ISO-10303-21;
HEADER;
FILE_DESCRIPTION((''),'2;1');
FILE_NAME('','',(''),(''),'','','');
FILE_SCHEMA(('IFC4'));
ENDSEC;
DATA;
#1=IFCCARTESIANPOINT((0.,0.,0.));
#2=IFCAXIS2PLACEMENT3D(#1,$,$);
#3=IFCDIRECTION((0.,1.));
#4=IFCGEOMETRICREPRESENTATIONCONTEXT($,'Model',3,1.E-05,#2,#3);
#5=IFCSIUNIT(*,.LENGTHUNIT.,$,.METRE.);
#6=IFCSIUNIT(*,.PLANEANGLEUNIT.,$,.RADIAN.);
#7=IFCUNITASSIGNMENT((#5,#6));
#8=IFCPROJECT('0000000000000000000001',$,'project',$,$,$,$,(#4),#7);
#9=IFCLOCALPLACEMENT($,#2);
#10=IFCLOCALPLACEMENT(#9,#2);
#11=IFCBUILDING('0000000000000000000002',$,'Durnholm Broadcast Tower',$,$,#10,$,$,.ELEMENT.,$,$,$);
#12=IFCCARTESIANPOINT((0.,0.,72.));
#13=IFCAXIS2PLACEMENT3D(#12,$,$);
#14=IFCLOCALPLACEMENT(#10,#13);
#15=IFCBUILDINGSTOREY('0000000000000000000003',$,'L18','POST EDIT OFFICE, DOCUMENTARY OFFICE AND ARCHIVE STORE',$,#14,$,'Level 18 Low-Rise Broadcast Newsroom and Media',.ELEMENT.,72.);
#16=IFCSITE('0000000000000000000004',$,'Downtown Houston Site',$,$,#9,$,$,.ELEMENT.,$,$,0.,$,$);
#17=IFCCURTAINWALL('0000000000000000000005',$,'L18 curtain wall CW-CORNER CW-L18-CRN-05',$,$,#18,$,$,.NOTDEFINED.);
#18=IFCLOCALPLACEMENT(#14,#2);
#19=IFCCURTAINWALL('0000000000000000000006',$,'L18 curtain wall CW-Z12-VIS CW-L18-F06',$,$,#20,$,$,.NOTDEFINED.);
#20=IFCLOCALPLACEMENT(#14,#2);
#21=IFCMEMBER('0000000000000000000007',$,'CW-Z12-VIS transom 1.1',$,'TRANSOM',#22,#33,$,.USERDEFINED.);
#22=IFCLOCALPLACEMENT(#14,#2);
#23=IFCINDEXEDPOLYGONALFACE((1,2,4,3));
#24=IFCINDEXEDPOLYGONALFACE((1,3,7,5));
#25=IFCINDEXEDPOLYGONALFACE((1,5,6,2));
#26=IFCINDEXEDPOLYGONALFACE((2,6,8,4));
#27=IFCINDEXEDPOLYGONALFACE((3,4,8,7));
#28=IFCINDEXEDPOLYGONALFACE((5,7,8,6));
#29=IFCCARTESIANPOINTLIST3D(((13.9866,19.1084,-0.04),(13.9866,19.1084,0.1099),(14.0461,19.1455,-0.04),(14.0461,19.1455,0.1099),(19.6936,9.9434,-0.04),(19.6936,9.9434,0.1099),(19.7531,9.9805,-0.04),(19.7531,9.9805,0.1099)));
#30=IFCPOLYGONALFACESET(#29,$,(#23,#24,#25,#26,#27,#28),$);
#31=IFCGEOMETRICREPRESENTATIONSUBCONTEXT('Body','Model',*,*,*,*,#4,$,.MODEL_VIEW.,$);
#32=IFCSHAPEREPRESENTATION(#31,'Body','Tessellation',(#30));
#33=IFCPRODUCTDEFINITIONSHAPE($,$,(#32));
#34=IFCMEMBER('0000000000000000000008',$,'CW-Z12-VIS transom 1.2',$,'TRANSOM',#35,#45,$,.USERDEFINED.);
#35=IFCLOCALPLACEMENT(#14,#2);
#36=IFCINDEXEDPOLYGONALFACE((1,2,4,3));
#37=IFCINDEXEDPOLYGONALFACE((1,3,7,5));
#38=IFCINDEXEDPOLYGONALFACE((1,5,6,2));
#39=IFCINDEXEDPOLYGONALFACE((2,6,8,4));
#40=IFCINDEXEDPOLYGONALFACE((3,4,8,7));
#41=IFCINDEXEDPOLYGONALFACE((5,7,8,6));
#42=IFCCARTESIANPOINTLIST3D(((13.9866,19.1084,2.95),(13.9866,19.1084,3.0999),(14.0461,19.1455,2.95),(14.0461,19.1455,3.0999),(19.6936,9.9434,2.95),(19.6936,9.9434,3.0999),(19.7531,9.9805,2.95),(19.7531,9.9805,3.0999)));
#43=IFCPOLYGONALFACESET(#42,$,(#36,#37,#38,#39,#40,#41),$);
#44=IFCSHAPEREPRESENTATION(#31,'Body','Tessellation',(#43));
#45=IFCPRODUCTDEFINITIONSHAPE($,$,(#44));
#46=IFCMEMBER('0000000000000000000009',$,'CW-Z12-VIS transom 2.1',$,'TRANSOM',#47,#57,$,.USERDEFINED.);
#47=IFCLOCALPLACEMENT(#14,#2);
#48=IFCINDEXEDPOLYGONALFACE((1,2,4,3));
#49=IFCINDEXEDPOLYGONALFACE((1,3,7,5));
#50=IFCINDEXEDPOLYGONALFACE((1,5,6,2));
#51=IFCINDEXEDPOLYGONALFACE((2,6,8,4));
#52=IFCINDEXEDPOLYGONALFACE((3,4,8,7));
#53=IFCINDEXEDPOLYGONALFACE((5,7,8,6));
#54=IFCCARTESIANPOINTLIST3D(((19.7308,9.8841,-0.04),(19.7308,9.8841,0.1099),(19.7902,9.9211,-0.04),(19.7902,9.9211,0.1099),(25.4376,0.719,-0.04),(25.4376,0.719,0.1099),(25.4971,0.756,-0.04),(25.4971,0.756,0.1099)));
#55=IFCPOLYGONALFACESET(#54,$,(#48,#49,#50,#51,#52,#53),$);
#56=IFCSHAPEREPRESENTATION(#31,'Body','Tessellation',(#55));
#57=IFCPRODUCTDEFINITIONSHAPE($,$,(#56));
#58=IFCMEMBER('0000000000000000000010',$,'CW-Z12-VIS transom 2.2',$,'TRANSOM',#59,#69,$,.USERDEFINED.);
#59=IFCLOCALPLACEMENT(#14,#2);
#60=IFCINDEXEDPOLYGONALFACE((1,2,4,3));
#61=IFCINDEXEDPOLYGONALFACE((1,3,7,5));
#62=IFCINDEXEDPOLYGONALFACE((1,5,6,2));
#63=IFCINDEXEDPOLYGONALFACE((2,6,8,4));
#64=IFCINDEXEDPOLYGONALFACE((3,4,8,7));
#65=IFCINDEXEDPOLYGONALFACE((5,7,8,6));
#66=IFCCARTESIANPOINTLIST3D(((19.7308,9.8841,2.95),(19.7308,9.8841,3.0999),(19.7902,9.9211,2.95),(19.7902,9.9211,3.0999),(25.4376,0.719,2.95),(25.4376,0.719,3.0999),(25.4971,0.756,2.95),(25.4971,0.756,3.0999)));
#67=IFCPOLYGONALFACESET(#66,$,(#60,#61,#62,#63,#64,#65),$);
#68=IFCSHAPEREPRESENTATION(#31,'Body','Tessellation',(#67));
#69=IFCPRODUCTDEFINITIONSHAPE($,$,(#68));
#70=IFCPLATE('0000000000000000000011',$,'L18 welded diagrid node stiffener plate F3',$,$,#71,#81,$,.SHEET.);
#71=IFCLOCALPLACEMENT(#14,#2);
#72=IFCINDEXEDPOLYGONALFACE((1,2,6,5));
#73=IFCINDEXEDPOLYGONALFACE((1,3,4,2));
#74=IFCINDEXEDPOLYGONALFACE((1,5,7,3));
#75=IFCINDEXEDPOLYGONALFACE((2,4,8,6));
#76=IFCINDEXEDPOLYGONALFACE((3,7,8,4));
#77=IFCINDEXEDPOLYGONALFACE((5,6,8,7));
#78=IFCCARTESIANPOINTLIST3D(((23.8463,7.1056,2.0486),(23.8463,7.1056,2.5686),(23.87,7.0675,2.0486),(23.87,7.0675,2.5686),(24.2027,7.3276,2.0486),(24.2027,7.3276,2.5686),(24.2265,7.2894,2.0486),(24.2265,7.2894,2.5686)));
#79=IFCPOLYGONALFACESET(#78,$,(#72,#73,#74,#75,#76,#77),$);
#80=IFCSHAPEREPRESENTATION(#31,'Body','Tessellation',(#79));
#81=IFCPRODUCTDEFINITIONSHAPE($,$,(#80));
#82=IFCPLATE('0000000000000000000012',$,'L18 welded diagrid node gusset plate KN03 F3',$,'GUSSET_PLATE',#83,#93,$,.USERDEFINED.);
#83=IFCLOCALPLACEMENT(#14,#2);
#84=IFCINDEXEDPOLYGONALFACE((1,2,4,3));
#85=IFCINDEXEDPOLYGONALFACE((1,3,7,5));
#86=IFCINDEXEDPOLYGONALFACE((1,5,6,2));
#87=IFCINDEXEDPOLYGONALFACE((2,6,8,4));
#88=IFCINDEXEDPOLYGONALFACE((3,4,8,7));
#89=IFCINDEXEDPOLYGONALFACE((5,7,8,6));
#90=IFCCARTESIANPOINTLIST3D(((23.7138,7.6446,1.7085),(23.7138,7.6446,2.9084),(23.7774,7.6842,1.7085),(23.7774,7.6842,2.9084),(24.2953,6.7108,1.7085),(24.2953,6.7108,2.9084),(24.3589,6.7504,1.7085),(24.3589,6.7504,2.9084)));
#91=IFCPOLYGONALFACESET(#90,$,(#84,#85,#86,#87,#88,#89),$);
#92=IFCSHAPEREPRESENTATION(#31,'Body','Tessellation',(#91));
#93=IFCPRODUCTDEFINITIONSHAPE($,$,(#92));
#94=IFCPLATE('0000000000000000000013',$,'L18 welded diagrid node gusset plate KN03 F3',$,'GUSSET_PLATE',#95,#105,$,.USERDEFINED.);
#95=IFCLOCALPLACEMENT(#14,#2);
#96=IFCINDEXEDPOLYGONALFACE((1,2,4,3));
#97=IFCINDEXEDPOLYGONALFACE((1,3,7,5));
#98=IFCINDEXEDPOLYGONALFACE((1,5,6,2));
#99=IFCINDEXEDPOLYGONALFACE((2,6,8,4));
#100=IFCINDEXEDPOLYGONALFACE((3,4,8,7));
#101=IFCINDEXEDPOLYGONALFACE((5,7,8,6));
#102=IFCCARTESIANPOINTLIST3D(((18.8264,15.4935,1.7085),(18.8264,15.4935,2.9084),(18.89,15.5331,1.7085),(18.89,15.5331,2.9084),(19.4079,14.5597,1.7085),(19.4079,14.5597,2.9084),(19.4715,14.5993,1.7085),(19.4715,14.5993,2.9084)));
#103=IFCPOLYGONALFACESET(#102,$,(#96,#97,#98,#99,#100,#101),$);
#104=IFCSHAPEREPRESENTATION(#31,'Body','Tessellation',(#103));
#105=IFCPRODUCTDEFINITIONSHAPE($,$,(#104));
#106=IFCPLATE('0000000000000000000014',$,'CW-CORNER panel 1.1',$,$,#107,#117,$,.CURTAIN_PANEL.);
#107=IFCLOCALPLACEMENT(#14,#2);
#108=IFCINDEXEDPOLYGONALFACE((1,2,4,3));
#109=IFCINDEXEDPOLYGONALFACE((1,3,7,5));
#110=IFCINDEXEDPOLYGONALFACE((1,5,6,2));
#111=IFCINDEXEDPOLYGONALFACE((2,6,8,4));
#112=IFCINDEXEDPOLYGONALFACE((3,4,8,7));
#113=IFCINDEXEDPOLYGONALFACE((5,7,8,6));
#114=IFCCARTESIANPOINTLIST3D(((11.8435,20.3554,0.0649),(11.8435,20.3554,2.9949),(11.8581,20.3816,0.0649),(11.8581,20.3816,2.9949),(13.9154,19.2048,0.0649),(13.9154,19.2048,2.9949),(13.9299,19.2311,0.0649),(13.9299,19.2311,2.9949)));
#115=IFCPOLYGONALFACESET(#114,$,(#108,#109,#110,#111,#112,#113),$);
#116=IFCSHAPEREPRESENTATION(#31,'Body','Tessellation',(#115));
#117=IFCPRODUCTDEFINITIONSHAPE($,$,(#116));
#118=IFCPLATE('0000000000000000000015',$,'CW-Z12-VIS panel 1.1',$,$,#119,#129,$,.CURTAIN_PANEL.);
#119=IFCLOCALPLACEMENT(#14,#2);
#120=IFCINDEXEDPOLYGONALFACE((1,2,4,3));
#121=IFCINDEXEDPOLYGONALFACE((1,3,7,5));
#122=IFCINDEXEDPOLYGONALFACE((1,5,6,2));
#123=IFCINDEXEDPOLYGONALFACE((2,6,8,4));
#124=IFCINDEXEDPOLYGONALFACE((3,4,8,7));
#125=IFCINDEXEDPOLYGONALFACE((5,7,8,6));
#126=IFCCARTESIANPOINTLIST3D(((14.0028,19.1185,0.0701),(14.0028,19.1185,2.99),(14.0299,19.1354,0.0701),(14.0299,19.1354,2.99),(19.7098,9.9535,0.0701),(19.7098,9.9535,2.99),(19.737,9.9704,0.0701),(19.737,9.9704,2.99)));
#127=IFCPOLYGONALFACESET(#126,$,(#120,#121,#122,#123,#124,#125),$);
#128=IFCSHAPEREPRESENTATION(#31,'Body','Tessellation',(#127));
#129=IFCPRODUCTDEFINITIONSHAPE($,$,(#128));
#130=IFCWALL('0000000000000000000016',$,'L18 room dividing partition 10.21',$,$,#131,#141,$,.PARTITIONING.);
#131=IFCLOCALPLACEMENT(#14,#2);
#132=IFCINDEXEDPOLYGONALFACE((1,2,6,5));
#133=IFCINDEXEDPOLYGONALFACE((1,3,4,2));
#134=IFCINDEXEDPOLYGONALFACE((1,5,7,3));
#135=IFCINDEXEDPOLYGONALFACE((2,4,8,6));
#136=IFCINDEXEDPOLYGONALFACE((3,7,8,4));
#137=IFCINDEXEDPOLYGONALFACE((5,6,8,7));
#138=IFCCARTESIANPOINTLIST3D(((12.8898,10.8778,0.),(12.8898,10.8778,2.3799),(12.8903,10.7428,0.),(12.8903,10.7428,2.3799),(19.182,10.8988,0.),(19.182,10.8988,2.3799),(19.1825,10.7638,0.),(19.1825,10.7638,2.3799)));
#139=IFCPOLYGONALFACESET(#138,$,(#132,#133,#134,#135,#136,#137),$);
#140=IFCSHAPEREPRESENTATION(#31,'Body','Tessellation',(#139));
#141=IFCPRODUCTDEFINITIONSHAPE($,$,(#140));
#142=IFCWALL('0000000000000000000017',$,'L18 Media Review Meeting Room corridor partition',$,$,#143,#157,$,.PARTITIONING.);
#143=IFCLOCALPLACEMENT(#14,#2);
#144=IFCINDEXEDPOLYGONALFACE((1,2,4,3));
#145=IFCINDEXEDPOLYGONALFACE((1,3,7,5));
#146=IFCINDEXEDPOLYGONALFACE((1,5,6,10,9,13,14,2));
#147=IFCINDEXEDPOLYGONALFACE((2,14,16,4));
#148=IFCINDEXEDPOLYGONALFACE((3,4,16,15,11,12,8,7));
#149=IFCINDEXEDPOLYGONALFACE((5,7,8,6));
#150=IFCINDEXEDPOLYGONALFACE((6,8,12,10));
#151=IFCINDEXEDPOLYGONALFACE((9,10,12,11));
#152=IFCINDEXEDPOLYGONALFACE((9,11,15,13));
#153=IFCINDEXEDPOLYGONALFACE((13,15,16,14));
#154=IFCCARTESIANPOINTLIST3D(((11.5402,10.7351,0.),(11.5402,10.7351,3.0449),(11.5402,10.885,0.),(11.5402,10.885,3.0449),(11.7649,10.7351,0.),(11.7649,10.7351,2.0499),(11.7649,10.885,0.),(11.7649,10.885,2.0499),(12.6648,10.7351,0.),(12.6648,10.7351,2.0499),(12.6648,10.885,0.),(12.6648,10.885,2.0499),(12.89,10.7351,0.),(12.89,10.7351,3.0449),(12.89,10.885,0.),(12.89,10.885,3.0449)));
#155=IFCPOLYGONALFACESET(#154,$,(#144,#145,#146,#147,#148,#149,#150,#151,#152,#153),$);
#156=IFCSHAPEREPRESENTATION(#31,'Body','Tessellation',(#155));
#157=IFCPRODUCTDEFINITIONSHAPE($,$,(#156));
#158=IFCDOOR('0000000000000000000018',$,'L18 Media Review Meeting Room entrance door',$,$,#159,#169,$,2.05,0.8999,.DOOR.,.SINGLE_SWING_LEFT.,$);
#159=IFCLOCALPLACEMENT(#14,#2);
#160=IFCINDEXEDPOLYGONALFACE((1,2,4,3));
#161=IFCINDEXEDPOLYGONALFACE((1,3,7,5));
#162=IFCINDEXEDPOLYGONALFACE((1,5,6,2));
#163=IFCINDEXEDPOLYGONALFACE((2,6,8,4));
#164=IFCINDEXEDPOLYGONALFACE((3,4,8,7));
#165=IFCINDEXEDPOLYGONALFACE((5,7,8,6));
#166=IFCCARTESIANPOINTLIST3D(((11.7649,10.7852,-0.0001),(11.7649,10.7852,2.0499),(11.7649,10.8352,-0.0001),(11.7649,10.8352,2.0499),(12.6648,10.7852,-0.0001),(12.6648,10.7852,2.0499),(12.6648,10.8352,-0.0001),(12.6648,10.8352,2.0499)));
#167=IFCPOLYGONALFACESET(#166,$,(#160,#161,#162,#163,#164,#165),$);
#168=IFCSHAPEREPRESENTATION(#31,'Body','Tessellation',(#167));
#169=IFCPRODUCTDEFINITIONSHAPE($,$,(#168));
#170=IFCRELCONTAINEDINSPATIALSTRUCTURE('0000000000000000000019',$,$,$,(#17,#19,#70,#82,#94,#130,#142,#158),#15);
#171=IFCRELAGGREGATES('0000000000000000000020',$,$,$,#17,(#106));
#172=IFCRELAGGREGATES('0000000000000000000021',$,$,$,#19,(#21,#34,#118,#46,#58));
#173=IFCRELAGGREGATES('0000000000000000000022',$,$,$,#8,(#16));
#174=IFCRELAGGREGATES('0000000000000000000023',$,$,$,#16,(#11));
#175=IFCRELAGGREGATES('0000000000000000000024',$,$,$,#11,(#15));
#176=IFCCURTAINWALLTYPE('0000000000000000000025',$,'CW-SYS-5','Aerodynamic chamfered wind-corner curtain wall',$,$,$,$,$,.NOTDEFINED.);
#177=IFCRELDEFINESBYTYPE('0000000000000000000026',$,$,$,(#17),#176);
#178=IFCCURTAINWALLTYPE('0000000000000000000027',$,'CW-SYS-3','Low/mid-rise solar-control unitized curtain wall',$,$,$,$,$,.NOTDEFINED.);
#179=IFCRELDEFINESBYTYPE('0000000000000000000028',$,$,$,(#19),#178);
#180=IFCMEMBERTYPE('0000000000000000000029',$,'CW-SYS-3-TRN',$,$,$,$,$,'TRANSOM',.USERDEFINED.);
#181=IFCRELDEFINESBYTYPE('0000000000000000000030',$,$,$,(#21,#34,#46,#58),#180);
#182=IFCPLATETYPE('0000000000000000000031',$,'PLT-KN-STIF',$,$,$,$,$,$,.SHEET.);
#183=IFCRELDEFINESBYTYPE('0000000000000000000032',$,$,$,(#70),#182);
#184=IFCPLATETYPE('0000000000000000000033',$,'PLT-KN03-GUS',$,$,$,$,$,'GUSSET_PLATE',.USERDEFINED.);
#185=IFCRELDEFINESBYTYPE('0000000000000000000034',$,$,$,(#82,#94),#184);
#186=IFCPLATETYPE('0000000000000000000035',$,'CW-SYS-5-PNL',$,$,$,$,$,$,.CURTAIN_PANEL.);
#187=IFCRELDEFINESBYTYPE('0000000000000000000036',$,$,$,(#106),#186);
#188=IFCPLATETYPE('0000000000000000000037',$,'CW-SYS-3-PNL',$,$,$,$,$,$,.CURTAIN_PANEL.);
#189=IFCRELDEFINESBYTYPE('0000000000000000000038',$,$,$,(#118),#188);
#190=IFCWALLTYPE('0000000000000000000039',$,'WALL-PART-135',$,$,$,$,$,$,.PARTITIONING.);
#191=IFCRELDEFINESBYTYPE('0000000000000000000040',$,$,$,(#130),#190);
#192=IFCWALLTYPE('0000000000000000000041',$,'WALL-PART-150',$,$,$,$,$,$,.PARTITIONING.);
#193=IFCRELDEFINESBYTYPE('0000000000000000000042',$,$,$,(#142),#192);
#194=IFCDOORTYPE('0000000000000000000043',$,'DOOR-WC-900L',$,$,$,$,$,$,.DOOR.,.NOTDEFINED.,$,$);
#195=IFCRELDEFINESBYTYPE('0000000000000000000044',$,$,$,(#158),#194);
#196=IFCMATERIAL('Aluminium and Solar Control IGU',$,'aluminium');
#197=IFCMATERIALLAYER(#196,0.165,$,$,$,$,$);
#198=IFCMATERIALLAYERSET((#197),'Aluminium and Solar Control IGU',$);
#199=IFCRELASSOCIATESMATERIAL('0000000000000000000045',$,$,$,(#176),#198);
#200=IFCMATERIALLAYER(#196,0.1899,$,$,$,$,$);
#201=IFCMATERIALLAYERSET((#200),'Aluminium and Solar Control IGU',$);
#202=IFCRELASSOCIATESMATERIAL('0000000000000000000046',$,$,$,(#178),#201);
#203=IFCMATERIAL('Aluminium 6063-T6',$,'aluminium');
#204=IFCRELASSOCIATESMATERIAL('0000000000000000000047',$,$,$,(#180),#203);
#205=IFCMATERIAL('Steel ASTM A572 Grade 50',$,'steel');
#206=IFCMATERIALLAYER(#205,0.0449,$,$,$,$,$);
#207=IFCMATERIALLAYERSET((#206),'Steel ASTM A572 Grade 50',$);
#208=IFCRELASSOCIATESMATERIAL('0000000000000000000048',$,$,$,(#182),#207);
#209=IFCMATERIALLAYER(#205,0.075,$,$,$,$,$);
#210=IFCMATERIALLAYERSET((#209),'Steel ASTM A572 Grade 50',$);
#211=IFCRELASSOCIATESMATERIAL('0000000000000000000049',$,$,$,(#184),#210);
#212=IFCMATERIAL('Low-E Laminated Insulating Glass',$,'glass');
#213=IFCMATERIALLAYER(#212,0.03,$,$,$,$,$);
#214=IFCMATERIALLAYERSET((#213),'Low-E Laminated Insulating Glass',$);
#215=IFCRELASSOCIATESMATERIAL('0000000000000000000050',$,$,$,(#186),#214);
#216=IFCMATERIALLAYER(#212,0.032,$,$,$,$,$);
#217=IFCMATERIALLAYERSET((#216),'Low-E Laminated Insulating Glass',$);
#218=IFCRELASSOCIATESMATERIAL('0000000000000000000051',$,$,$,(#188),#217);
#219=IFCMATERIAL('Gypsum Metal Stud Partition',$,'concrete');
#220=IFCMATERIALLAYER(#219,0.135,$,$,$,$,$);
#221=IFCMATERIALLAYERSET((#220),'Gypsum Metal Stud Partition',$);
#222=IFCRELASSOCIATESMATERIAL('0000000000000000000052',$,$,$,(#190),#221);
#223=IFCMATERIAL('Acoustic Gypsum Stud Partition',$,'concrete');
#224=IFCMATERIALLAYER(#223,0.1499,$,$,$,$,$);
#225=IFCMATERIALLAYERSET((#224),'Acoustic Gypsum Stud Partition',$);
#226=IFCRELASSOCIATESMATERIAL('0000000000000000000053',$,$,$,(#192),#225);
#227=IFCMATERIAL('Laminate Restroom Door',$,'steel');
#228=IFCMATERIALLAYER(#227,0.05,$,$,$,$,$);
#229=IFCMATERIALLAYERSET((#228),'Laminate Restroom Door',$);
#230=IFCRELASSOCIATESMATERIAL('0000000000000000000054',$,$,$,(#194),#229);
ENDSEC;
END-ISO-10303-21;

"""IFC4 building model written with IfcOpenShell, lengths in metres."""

from ifc_helpers import new_model, si_unit, direction, frame, frame_2d, origin, origin_2d, place, context, subcontext, project, spatial, rectangle, extrude, source, transform, mapped, material, layer, layer_set, material_profile, profile_set, type_object, type_shapes, element, fill, aggregate, save


model = new_model("IFC4")

# Units and contexts
model_context = context("Model", 3, precision=1e-05, world=origin(), true_north=direction((0.0, 1.0)))
body_context = subcontext(model_context, "Body", "Model", "MODEL_VIEW")
ifc_project = project(units=[si_unit("LENGTHUNIT", "METRE"), si_unit("PLANEANGLEUNIT", "RADIAN")], contexts=[model_context])

# Site, building, storey
site_placement = place(None, origin())
site = spatial("IfcSite", under=ifc_project, at=site_placement, Name="Downtown Houston Site", CompositionType="ELEMENT", RefElevation=0.0)
building_placement = place(site_placement, origin())
building = spatial("IfcBuilding", under=site, at=building_placement, Name="Durnholm Broadcast Tower", CompositionType="ELEMENT")
storey_placement = place(building_placement, frame((0.0, 0.0, 72.0)))
storey = spatial("IfcBuildingStorey", under=building, at=storey_placement, Name="L18", Description="POST EDIT OFFICE, DOCUMENTARY OFFICE AND ARCHIVE STORE", LongName="Level 18 Low-Rise Broadcast Newsroom and Media", CompositionType="ELEMENT", Elevation=72.0)

# Curtain wall
ifc_material_1 = material(Name="Aluminium and Solar Control IGU", Category="aluminium")
ifc_layer_1 = layer(ifc_material_1, 0.165)
ifc_layer_set_1 = layer_set([ifc_layer_1], Name="Aluminium and Solar Control IGU")
curtain_wall_type_1 = type_object("IfcCurtainWallType", Name="CW-SYS-5", Description="Aerodynamic chamfered wind-corner curtain wall", PredefinedType="NOTDEFINED", material=ifc_layer_set_1)
curtain_wall_1_placement = place(storey_placement, origin())
curtain_wall_1 = element("IfcCurtainWall", 1, at=curtain_wall_1_placement, inside=storey, type_object=curtain_wall_type_1, Name="L18 curtain wall CW-CORNER CW-L18-CRN-05", PredefinedType="NOTDEFINED")
ifc_material_2 = material(Name="Aluminium 6063-T6", Category="aluminium")

# Curtain wall, members
ifc_layer_2 = layer(ifc_material_1, 0.1899)
ifc_layer_set_2 = layer_set([ifc_layer_2], Name="Aluminium and Solar Control IGU")
curtain_wall_type_2 = type_object("IfcCurtainWallType", Name="CW-SYS-3", Description="Low/mid-rise solar-control unitized curtain wall", PredefinedType="NOTDEFINED", material=ifc_layer_set_2)
curtain_wall_2_placement = place(storey_placement, origin())
curtain_wall_2 = element("IfcCurtainWall", 2, at=curtain_wall_2_placement, inside=storey, type_object=curtain_wall_type_2, Name="L18 curtain wall CW-Z12-VIS CW-L18-F06", PredefinedType="NOTDEFINED")
ifc_material_profile_1 = material_profile(ifc_material_2, rectangle(XDim=0.0701, YDim=0.1499, at=origin_2d()), Name="CWT70X150")
ifc_profile_set_1 = profile_set([ifc_material_profile_1], Name="Aluminium 6063-T6")
member_type_1 = type_object("IfcMemberType", Name="CW-SYS-3-TRN", ElementType="TRANSOM", PredefinedType="USERDEFINED", material=ifc_profile_set_1)
shared_shape_1 = source(origin(), body_context, "Body", "SweptSolid", [
    extrude(rectangle(XDim=0.0701, YDim=0.1499, at=origin_2d()), origin(), (0.0, 0.0, 1.0), 10.7966),
])
type_shapes(member_type_1, [shared_shape_1])
member_1_placement = place(storey_placement, frame((14.0164, 19.127, 0.0349), z_axis=(0.528592, -0.848876, 0.0), x_axis=(0.848876, 0.528592, 0.0)))
member_1 = element("IfcMember", 3, at=member_1_placement, type_object=member_type_1, Name="CW-Z12-VIS transom 1.1", ObjectType="TRANSOM", PredefinedType="USERDEFINED", context=body_context, shape_type="MappedRepresentation", body=[
    mapped(shared_shape_1, transform((0.0, 0.0, 0.0), x_axis=(1.0, 0.0, 0.0), y_axis=(0.0, 1.0, 0.0), z_axis=(0.0, 0.0, 1.0), scale=1.0)),
])
member_2_placement = place(storey_placement, frame((14.0164, 19.127, 3.0249), z_axis=(0.528592, -0.848876, 0.0), x_axis=(0.848876, 0.528592, 0.0)))
member_2 = element("IfcMember", 4, at=member_2_placement, type_object=member_type_1, Name="CW-Z12-VIS transom 1.2", ObjectType="TRANSOM", PredefinedType="USERDEFINED", context=body_context, shape_type="MappedRepresentation", body=[
    mapped(shared_shape_1, transform((0.0, 0.0, 0.0), x_axis=(1.0, 0.0, 0.0), y_axis=(0.0, 1.0, 0.0), z_axis=(0.0, 0.0, 1.0), scale=1.0)),
])
member_3_placement = place(storey_placement, frame((19.7605, 9.9026, 0.0349), z_axis=(0.528575, -0.848886, 0.0), x_axis=(0.848886, 0.528575, 0.0)))
member_3 = element("IfcMember", 5, at=member_3_placement, type_object=member_type_1, Name="CW-Z12-VIS transom 2.1", ObjectType="TRANSOM", PredefinedType="USERDEFINED", context=body_context, shape_type="MappedRepresentation", body=[
    mapped(shared_shape_1, transform((0.0, 0.0, 0.0), x_axis=(1.0, 0.0, 0.0), y_axis=(0.0, 1.0, 0.0), z_axis=(0.0, 0.0, 1.0), scale=1.0)),
])
member_4_placement = place(storey_placement, frame((19.7605, 9.9026, 3.0249), z_axis=(0.528575, -0.848886, 0.0), x_axis=(0.848886, 0.528575, 0.0)))
member_4 = element("IfcMember", 6, at=member_4_placement, type_object=member_type_1, Name="CW-Z12-VIS transom 2.2", ObjectType="TRANSOM", PredefinedType="USERDEFINED", context=body_context, shape_type="MappedRepresentation", body=[
    mapped(shared_shape_1, transform((0.0, 0.0, 0.0), x_axis=(1.0, 0.0, 0.0), y_axis=(0.0, 1.0, 0.0), z_axis=(0.0, 0.0, 1.0), scale=1.0)),
])

# Plates
ifc_material_3 = material(Name="Steel ASTM A572 Grade 50", Category="steel")
ifc_layer_3 = layer(ifc_material_3, 0.0449)
ifc_layer_set_3 = layer_set([ifc_layer_3], Name="Steel ASTM A572 Grade 50")
plate_type_1 = type_object("IfcPlateType", Name="PLT-KN-STIF", PredefinedType="SHEET", material=ifc_layer_set_3)
shared_shape_2 = source(origin(), body_context, "Body", "SweptSolid", [
    extrude(rectangle(XDim=0.0449, YDim=0.4199, at=origin_2d()), origin(), (0.0, 0.0, 1.0), 0.52),
])
type_shapes(plate_type_1, [shared_shape_2])
plate_1_placement = place(storey_placement, frame((24.0364, 7.1975, 2.0486), z_axis=(0.0, 0.0, 1.0), x_axis=(-0.528587, 0.848879, 0.0)))
element("IfcPlate", 7, at=plate_1_placement, inside=storey, type_object=plate_type_1, Name="L18 welded diagrid node stiffener plate F3", PredefinedType="SHEET", context=body_context, shape_type="MappedRepresentation", body=[
    mapped(shared_shape_2, transform((0.0, 0.0, 0.0), x_axis=(1.0, 0.0, 0.0), y_axis=(0.0, 1.0, 0.0), z_axis=(0.0, 0.0, 1.0), scale=1.0)),
])
ifc_layer_4 = layer(ifc_material_3, 0.075)
ifc_layer_set_4 = layer_set([ifc_layer_4], Name="Steel ASTM A572 Grade 50")
plate_type_2 = type_object("IfcPlateType", Name="PLT-KN03-GUS", ElementType="GUSSET_PLATE", PredefinedType="USERDEFINED", material=ifc_layer_set_4)
shared_shape_3 = source(origin(), body_context, "Body", "SweptSolid", [
    extrude(rectangle(XDim=1.1001, YDim=0.075, at=origin_2d()), origin(), (0.0, 0.0, 1.0), 1.2),
])
type_shapes(plate_type_2, [shared_shape_3])
for number, where, z_axis, x_axis, name in (
    (8, (24.0364, 7.1975, 1.7085), (0.0, 0.0, 1.0), (-0.528587, 0.848879, 0.0), "L18 welded diagrid node gusset plate KN03 F3"),
    (9, (19.1489, 15.0464, 1.7085), (0.0, 0.0, 1.0), (-0.528587, 0.848879, 0.0), "L18 welded diagrid node gusset plate KN03 F3"),
):
    element("IfcPlate", number, at=place(storey_placement, frame(where, z_axis=z_axis, x_axis=x_axis)), inside=storey, type_object=plate_type_2, Name=name, ObjectType="GUSSET_PLATE", PredefinedType="USERDEFINED", context=body_context, shape_type="MappedRepresentation", body=[
        mapped(shared_shape_3, transform((0.0, 0.0, 0.0), x_axis=(1.0, 0.0, 0.0), y_axis=(0.0, 1.0, 0.0), z_axis=(0.0, 0.0, 1.0), scale=1.0)),
    ])

# Plates
ifc_material_4 = material(Name="Low-E Laminated Insulating Glass", Category="glass")
ifc_layer_5 = layer(ifc_material_4, 0.03)
ifc_layer_set_5 = layer_set([ifc_layer_5], Name="Low-E Laminated Insulating Glass")
plate_type_3 = type_object("IfcPlateType", Name="CW-SYS-5-PNL", PredefinedType="CURTAIN_PANEL", material=ifc_layer_set_5)
shared_shape_4 = source(origin(), body_context, "Body", "SweptSolid", [
    extrude(rectangle(XDim=2.3699, YDim=0.03, at=origin_2d()), origin(), (0.0, 0.0, 1.0), 2.9299),
])
type_shapes(plate_type_3, [shared_shape_4])
plate_2_placement = place(storey_placement, frame((12.8867, 19.7932, 0.0649), z_axis=(0.0, 0.0, 1.0), x_axis=(0.874246, -0.485483, 0.0)))
plate_2 = element("IfcPlate", 10, at=plate_2_placement, type_object=plate_type_3, Name="CW-CORNER panel 1.1", PredefinedType="CURTAIN_PANEL", context=body_context, shape_type="MappedRepresentation", body=[
    mapped(shared_shape_4, transform((0.0, 0.0, 0.0), x_axis=(1.0, 0.0, 0.0), y_axis=(0.0, 1.0, 0.0), z_axis=(0.0, 0.0, 1.0), scale=1.0)),
])
aggregate(curtain_wall_1, [plate_2])
ifc_layer_6 = layer(ifc_material_4, 0.032)
ifc_layer_set_6 = layer_set([ifc_layer_6], Name="Low-E Laminated Insulating Glass")
plate_type_4 = type_object("IfcPlateType", Name="CW-SYS-3-PNL", PredefinedType="CURTAIN_PANEL", material=ifc_layer_set_6)
shared_shape_5 = source(origin(), body_context, "Body", "SweptSolid", [
    extrude(rectangle(XDim=10.7966, YDim=0.032, at=origin_2d()), origin(), (0.0, 0.0, 1.0), 2.9199),
])
type_shapes(plate_type_4, [shared_shape_5])
plate_3_placement = place(storey_placement, frame((16.8699, 14.5444, 0.0701), z_axis=(0.0, 0.0, 1.0), x_axis=(0.528592, -0.848876, 0.0)))
plate_3 = element("IfcPlate", 11, at=plate_3_placement, type_object=plate_type_4, Name="CW-Z12-VIS panel 1.1", PredefinedType="CURTAIN_PANEL", context=body_context, shape_type="MappedRepresentation", body=[
    mapped(shared_shape_5, transform((0.0, 0.0, 0.0), x_axis=(1.0, 0.0, 0.0), y_axis=(0.0, 1.0, 0.0), z_axis=(0.0, 0.0, 1.0), scale=1.0)),
])
aggregate(curtain_wall_2, [member_1, member_2, plate_3, member_3, member_4])

# Wall
ifc_material_5 = material(Name="Gypsum Metal Stud Partition", Category="concrete")
ifc_layer_7 = layer(ifc_material_5, 0.135)
ifc_layer_set_7 = layer_set([ifc_layer_7], Name="Gypsum Metal Stud Partition")
wall_type_1 = type_object("IfcWallType", Name="WALL-PART-135", PredefinedType="PARTITIONING", material=ifc_layer_set_7)
wall_1_placement = place(storey_placement, frame((19.1821, 10.8313, 0.0), z_axis=(0.0, 0.0, 1.0), x_axis=(-0.999994, -0.003337, 0.0)))
element("IfcWall", 12, at=wall_1_placement, inside=storey, type_object=wall_type_1, Name="L18 room dividing partition 10.21", PredefinedType="PARTITIONING", context=body_context, shape_type="SweptSolid", body=[
    extrude(rectangle(XDim=6.2922, YDim=0.135, at=frame_2d((3.146, 0.0))), origin(), (0.0, 0.0, 1.0), 2.3799),
])

# Wall, opening, door
ifc_material_6 = material(Name="Acoustic Gypsum Stud Partition", Category="concrete")
ifc_layer_8 = layer(ifc_material_6, 0.1499)
ifc_layer_set_8 = layer_set([ifc_layer_8], Name="Acoustic Gypsum Stud Partition")
wall_type_2 = type_object("IfcWallType", Name="WALL-PART-150", PredefinedType="PARTITIONING", material=ifc_layer_set_8)
wall_2_placement = place(storey_placement, frame((12.8899, 10.8101, 0.0), z_axis=(0.0, 0.0, 1.0), x_axis=(-1.0, 0.0, 0.0)))
wall_2 = element("IfcWall", 13, at=wall_2_placement, inside=storey, type_object=wall_type_2, Name="L18 Media Review Meeting Room corridor partition", PredefinedType="PARTITIONING", context=body_context, shape_type="SweptSolid", body=[
    extrude(rectangle(XDim=1.3499, YDim=0.1499, at=frame_2d((0.6748, 0.0))), origin(), (0.0, 0.0, 1.0), 3.0449),
])
opening_placement = place(wall_2_placement, frame((0.2251, 0.0, 0.0)))
opening = element("IfcOpeningElement", 14, at=opening_placement, cuts=wall_2, PredefinedType="OPENING", context=body_context, shape_type="SweptSolid", body=[
    extrude(rectangle(XDim=0.8999, YDim=2.05, at=frame_2d((0.45, 1.0249))), frame((0.0, 0.085, 0.0), z_axis=(0.0, -1.0, 0.0), x_axis=(1.0, 0.0, 0.0)), (0.0, 0.0, 1.0), 0.1699),
])
ifc_material_7 = material(Name="Laminate Restroom Door", Category="steel")
ifc_layer_9 = layer(ifc_material_7, 0.05)
ifc_layer_set_9 = layer_set([ifc_layer_9], Name="Laminate Restroom Door")
door_type = type_object("IfcDoorType", Name="DOOR-WC-900L", OperationType="NOTDEFINED", PredefinedType="DOOR", material=ifc_layer_set_9)
shared_shape_6 = source(origin(), body_context, "Body", "SweptSolid", [
    extrude(rectangle(XDim=0.8999, YDim=2.05, at=frame_2d((0.45, 1.0249))), frame((0.0, 0.0249, 0.0), z_axis=(0.0, -1.0, 0.0), x_axis=(1.0, 0.0, 0.0)), (0.0, 0.0, 1.0), 0.05),
])
type_shapes(door_type, [shared_shape_6])
door_placement = place(opening_placement, origin())
door = element("IfcDoor", 15, at=door_placement, inside=storey, type_object=door_type, Name="L18 Media Review Meeting Room entrance door", OperationType="SINGLE_SWING_LEFT", OverallHeight=2.05, OverallWidth=0.8999, PredefinedType="DOOR", context=body_context, shape_type="MappedRepresentation", body=[
    mapped(shared_shape_6, transform((0.0, 0.0, 0.0), x_axis=(1.0, 0.0, 0.0), y_axis=(0.0, 1.0, 0.0), z_axis=(0.0, 0.0, 1.0), scale=1.0)),
])
fill(opening, door)

save(model, "model.ifc")
